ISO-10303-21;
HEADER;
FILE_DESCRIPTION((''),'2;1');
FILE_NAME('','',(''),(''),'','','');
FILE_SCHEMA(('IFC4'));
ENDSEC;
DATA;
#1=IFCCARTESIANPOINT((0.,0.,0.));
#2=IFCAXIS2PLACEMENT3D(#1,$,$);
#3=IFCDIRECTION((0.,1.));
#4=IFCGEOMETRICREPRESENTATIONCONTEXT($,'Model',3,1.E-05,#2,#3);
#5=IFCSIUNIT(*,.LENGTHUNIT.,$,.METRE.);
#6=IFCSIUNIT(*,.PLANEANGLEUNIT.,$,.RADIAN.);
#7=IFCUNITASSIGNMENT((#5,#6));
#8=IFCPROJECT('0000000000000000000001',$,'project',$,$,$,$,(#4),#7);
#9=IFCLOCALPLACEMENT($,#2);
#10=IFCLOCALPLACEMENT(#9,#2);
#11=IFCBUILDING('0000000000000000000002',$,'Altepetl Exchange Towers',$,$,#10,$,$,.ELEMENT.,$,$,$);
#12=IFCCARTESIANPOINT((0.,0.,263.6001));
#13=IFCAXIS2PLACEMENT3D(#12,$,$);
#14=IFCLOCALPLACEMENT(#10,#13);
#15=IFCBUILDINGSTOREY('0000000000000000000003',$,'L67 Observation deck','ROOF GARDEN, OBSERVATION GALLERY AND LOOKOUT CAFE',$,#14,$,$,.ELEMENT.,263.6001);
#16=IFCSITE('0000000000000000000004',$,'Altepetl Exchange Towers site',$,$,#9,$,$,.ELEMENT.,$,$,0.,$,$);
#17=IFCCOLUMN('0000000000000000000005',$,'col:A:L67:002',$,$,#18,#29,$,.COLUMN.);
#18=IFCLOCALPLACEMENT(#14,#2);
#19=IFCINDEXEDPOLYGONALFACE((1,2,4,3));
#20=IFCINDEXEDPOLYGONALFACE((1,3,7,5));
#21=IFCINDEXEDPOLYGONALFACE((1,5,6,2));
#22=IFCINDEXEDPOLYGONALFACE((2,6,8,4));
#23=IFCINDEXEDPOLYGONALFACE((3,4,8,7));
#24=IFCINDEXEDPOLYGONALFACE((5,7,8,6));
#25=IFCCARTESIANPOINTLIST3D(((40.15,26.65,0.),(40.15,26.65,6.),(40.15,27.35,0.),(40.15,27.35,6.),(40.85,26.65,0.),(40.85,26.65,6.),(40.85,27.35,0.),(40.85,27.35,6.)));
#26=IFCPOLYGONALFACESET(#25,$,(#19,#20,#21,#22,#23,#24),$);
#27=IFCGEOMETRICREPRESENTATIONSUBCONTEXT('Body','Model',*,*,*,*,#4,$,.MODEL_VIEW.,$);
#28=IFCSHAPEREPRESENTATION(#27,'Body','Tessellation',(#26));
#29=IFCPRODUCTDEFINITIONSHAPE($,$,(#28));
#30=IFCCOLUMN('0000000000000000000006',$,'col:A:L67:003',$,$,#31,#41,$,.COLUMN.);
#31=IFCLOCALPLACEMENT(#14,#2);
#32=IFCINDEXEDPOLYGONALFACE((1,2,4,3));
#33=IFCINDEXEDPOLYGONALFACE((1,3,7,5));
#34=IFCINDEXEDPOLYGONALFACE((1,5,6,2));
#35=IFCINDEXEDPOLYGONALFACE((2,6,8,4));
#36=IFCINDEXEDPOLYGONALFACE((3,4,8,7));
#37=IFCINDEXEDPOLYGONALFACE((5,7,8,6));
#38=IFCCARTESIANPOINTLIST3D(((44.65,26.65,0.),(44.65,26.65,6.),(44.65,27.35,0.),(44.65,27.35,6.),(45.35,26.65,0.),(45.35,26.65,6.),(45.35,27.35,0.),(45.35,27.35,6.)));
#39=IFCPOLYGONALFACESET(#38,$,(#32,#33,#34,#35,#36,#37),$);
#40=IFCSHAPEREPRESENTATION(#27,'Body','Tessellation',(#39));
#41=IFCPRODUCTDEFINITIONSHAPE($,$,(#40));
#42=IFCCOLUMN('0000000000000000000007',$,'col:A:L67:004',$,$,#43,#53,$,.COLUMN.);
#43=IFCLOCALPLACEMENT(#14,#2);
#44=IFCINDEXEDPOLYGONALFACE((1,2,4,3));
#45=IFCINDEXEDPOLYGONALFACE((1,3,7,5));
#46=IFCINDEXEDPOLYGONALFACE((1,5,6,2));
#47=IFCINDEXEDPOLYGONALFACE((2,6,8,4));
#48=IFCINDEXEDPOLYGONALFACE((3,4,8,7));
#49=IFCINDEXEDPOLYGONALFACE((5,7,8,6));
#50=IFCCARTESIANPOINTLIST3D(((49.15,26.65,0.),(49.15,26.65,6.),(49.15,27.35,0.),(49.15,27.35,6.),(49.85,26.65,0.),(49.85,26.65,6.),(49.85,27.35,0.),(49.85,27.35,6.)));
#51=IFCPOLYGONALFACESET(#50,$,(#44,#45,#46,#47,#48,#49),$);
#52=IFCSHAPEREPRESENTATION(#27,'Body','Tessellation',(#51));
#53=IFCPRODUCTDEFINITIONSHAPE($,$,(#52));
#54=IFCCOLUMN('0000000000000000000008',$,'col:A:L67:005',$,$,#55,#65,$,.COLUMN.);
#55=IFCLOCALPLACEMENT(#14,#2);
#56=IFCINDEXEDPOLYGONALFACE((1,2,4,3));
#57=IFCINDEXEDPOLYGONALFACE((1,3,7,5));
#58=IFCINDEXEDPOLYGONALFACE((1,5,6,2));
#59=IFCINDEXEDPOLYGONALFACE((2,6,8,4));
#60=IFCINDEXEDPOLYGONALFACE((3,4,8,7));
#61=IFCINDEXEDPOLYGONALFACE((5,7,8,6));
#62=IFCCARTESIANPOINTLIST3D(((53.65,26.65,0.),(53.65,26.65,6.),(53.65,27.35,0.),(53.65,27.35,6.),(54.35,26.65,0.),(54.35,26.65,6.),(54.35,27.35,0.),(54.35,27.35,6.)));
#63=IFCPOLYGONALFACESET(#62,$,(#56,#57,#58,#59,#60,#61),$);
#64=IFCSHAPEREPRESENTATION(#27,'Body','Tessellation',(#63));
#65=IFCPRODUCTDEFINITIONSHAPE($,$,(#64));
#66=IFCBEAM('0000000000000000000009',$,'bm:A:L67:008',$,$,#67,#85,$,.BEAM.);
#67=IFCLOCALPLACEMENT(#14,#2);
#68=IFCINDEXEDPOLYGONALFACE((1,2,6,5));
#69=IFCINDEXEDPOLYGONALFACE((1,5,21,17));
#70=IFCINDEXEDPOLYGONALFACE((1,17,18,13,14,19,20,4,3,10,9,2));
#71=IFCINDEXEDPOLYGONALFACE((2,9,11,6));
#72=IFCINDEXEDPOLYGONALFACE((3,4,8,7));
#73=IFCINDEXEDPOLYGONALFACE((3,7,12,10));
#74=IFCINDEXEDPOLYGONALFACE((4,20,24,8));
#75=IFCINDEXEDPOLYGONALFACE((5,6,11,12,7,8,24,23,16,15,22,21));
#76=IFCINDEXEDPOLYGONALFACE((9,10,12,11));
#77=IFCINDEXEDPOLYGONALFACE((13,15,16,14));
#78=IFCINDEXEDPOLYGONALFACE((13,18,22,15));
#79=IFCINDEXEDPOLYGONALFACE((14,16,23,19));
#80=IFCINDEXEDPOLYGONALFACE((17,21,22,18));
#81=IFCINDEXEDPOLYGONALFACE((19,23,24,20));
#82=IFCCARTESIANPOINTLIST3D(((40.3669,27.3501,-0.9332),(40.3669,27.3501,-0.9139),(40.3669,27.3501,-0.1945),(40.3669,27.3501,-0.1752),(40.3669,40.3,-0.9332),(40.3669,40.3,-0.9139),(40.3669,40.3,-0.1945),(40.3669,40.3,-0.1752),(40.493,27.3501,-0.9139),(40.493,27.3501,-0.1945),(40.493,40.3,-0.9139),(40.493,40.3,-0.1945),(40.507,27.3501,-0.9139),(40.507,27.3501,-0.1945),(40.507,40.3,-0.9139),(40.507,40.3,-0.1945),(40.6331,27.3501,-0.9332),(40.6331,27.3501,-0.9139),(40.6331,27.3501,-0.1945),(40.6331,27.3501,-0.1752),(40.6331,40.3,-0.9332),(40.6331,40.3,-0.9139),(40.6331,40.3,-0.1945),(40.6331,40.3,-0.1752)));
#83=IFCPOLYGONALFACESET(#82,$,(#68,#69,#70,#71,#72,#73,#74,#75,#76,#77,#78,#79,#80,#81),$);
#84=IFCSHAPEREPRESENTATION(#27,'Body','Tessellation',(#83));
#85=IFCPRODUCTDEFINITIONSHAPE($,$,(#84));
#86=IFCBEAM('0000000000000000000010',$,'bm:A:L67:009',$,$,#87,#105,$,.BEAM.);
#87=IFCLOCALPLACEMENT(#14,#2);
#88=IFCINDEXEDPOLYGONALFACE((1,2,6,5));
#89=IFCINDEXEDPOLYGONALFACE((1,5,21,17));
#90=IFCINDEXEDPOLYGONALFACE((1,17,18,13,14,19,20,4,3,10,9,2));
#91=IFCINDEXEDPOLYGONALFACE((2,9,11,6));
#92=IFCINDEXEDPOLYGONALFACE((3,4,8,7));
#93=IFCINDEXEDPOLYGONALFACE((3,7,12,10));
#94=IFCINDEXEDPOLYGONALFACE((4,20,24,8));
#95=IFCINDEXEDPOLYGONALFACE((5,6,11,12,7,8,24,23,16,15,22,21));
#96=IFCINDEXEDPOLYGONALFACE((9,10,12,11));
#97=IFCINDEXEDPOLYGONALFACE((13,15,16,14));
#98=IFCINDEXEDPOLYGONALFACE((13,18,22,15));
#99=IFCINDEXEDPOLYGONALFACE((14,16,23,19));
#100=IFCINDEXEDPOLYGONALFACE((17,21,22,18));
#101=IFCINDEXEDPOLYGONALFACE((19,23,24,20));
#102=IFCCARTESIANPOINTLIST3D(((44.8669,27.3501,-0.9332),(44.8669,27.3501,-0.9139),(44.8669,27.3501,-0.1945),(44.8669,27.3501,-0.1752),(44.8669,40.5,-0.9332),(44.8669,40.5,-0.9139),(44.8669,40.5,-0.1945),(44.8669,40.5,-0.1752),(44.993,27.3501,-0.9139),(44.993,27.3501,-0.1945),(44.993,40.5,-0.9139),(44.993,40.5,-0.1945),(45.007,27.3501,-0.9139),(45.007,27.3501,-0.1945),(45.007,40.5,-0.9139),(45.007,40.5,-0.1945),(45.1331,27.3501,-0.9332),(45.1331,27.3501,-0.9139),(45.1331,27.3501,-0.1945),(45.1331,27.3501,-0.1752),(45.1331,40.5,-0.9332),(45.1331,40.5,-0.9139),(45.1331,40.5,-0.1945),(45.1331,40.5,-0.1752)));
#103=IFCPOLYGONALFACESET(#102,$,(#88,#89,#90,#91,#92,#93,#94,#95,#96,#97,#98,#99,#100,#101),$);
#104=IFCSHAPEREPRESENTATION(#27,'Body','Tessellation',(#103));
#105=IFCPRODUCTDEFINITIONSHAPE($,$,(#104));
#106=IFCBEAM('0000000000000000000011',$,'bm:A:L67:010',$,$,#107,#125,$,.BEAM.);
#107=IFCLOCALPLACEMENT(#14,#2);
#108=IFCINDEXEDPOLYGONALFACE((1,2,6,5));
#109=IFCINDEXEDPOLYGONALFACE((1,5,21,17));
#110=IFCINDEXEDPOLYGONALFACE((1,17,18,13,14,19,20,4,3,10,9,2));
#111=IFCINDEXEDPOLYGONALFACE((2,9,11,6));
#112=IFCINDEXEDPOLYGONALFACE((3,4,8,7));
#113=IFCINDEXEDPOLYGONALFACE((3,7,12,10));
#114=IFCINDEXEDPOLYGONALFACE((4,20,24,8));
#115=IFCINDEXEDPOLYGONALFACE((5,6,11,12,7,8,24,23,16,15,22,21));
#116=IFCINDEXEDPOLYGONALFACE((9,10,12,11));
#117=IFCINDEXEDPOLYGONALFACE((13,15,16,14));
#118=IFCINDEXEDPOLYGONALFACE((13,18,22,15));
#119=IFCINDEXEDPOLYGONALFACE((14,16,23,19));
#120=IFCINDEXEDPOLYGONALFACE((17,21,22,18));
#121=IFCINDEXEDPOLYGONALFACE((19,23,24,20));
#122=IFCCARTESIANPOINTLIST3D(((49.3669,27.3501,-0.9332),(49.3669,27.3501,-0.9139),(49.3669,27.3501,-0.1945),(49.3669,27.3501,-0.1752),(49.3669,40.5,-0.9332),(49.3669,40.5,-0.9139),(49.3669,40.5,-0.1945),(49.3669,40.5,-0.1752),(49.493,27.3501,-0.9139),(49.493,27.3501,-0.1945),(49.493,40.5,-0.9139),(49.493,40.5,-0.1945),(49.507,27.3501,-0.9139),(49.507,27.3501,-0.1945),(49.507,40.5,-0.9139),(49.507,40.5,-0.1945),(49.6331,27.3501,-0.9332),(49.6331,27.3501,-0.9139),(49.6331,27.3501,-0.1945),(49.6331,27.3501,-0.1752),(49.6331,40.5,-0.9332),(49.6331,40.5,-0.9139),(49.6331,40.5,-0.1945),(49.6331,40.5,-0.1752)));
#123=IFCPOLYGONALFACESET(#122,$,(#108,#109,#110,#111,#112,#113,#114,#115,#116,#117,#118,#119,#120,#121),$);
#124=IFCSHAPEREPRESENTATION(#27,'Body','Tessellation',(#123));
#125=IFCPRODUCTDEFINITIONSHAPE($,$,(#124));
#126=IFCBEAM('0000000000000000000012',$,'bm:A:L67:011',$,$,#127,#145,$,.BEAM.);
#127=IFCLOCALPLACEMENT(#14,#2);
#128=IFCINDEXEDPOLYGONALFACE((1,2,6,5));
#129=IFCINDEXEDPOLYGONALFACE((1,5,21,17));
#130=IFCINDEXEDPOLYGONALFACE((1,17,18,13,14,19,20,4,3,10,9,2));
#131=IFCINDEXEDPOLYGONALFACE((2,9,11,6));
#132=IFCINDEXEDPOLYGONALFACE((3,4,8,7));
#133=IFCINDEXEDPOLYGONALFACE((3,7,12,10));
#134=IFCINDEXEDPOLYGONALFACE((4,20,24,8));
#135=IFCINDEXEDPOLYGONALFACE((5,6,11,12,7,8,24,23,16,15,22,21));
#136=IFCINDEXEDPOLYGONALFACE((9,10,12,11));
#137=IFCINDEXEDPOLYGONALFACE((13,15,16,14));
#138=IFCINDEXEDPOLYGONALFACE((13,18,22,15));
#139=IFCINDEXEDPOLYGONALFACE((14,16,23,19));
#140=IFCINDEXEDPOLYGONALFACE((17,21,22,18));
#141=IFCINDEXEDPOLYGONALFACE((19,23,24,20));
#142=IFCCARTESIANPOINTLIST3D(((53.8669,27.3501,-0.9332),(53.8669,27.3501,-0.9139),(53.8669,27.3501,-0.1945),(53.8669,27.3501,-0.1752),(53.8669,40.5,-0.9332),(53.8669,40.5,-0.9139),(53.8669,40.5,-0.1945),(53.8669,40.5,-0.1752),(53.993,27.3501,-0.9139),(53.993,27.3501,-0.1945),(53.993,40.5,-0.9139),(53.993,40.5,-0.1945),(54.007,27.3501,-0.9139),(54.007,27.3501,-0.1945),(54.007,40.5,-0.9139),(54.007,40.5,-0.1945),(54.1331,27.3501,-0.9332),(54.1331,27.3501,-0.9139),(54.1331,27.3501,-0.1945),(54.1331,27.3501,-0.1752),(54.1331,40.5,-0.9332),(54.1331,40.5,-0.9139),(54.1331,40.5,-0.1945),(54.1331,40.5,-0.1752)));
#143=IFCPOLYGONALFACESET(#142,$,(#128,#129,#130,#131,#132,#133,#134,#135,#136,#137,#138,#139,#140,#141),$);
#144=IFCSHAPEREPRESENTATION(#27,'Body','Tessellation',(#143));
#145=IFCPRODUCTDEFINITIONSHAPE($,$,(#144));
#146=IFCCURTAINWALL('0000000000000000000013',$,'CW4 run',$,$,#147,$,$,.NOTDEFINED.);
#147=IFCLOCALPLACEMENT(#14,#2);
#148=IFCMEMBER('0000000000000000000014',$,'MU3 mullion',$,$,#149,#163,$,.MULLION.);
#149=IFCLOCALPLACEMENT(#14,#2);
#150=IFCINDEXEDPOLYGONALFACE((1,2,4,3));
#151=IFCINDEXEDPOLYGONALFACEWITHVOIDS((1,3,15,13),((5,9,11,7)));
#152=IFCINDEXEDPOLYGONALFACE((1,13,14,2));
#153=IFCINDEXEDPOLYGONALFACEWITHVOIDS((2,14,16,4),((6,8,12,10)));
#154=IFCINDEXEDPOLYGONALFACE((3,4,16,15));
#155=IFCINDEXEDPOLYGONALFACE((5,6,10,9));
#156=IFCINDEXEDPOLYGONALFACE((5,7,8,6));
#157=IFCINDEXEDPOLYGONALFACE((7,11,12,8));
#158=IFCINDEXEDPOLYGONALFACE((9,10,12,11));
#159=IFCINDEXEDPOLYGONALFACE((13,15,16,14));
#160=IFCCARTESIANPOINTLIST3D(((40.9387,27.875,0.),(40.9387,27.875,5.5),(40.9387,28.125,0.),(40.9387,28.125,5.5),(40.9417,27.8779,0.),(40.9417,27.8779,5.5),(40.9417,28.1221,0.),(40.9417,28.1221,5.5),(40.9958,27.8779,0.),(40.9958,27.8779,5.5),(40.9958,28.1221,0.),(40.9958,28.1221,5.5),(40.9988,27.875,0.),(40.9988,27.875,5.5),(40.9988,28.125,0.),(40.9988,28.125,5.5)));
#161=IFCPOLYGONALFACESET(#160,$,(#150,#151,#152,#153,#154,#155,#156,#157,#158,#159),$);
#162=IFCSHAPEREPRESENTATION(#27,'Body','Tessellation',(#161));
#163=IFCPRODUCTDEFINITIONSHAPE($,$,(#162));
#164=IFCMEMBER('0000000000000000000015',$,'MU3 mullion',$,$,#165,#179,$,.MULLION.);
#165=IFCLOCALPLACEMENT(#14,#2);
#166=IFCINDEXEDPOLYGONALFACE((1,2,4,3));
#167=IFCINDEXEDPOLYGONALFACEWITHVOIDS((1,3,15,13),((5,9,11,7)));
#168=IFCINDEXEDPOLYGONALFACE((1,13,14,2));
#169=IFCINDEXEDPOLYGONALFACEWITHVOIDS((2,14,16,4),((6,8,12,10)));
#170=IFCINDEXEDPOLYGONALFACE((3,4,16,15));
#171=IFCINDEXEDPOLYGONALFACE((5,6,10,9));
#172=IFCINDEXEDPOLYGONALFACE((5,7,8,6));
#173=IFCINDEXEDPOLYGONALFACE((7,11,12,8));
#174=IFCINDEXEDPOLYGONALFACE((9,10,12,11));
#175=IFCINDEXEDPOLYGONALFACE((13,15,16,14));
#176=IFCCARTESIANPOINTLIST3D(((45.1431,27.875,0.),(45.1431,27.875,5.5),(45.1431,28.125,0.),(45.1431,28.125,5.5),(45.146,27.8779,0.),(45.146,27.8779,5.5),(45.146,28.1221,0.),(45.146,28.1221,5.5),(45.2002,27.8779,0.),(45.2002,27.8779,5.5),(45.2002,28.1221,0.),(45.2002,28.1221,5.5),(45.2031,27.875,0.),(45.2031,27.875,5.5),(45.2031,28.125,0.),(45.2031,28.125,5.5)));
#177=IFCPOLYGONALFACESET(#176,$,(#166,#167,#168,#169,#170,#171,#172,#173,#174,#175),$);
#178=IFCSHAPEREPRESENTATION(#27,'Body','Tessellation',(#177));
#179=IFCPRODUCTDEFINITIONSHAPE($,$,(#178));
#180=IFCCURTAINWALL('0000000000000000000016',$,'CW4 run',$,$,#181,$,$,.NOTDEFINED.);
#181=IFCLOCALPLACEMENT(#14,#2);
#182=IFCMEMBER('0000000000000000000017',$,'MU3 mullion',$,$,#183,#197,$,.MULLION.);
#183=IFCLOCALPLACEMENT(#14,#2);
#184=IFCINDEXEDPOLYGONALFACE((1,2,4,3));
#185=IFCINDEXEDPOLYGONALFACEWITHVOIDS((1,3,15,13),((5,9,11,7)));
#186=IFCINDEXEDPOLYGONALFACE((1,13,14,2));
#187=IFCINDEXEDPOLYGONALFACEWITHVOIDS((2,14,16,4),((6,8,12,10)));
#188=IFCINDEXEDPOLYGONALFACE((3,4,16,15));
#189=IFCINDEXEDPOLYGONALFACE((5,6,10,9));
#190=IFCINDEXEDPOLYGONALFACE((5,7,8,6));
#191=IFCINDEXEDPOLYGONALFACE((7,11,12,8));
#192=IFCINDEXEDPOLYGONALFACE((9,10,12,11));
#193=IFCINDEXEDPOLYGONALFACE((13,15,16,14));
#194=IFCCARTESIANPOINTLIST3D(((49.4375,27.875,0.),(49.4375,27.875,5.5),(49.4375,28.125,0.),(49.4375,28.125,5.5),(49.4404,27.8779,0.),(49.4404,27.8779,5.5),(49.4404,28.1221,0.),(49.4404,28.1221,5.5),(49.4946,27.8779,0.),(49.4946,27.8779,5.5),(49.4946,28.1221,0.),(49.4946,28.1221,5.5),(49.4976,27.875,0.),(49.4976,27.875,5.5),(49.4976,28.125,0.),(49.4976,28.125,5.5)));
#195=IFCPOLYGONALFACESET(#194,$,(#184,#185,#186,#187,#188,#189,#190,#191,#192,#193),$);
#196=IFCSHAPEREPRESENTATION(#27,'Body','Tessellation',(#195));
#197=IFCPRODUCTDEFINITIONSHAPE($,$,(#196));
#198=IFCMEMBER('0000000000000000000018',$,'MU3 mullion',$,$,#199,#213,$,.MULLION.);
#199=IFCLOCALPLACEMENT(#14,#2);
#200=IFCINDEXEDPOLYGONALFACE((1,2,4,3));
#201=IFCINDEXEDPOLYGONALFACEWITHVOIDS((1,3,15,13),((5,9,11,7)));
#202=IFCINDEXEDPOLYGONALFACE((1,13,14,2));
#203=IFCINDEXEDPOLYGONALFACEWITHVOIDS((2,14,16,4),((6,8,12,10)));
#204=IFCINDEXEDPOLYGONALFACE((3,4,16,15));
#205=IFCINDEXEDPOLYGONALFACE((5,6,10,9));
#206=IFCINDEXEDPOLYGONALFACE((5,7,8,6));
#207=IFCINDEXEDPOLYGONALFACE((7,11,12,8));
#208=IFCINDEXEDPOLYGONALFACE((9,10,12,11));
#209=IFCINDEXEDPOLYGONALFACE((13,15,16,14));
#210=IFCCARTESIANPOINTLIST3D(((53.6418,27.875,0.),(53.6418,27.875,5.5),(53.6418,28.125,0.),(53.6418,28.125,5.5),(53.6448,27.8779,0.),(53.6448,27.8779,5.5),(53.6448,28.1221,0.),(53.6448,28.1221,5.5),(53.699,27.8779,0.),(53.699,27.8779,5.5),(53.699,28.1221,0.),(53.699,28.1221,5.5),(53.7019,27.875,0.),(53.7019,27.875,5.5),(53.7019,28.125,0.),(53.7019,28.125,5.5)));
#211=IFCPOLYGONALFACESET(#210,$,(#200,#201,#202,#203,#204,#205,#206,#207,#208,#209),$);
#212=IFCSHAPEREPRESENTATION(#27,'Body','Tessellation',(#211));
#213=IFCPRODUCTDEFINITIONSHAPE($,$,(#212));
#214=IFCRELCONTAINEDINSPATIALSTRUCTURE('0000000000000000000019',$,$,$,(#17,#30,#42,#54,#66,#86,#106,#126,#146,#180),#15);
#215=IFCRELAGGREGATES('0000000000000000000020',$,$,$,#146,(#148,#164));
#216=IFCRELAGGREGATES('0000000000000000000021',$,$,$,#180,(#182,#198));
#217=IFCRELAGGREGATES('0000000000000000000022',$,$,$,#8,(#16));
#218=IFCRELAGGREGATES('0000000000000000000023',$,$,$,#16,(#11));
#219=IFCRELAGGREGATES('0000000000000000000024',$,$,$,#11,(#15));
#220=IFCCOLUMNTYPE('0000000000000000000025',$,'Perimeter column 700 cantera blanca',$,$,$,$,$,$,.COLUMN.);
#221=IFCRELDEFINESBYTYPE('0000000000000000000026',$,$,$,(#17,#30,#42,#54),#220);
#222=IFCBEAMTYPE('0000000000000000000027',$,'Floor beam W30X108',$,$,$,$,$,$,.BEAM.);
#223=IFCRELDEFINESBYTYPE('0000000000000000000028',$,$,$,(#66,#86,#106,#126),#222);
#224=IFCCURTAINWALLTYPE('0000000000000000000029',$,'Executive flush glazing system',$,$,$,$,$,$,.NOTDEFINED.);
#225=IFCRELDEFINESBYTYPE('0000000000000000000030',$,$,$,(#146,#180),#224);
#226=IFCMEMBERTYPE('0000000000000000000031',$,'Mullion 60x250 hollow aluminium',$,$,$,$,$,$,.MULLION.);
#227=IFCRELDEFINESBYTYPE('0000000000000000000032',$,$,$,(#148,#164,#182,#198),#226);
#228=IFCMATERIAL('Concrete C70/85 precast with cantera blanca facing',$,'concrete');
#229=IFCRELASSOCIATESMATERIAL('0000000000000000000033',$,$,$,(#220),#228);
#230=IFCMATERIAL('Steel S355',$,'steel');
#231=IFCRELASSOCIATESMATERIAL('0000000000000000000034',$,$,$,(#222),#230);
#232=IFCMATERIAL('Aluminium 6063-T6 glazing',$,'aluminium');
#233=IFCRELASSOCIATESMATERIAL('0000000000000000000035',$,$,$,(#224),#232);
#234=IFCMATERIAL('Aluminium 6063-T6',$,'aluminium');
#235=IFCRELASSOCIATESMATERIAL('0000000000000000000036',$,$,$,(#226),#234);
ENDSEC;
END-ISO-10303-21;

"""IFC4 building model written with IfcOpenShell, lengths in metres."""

from ifc_helpers import new_model, si_unit, direction, frame, origin, origin_2d, place, context, subcontext, project, spatial, rectangle, hollow_rectangle, i_section, extrude, material, material_profile, profile_set, type_object, element, aggregate, save


model = new_model("IFC4")

# Units and contexts
model_context = context("Model", 3, precision=1e-05, world=origin(), true_north=direction((0.0, 1.0)))
body_context = subcontext(model_context, "Body", "Model", "MODEL_VIEW")
ifc_project = project(units=[si_unit("LENGTHUNIT", "METRE"), si_unit("PLANEANGLEUNIT", "RADIAN")], contexts=[model_context])

# Site, building, storey
site_placement = place(None, origin())
site = spatial("IfcSite", under=ifc_project, at=site_placement, Name="Altepetl Exchange Towers site", CompositionType="ELEMENT", RefElevation=0.0)
building_placement = place(site_placement, origin())
building = spatial("IfcBuilding", under=site, at=building_placement, Name="Altepetl Exchange Towers", CompositionType="ELEMENT")
storey_placement = place(building_placement, frame((0.0, 0.0, 263.6001)))
storey = spatial("IfcBuildingStorey", under=building, at=storey_placement, Name="L67 Observation deck", Description="ROOF GARDEN, OBSERVATION GALLERY AND LOOKOUT CAFE", CompositionType="ELEMENT", Elevation=263.6001)

# Columns
ifc_material_1 = material(Name="Concrete C70/85 precast with cantera blanca facing", Category="concrete")
ifc_material_profile_1 = material_profile(ifc_material_1, rectangle(XDim=0.7, YDim=0.7, at=origin_2d()), Name="700 x 700")
ifc_profile_set_1 = profile_set([ifc_material_profile_1], Name="Concrete C70/85 precast with cantera blanca facing")
column_type = type_object("IfcColumnType", Name="Perimeter column 700 cantera blanca", PredefinedType="COLUMN", material=ifc_profile_set_1)
for number, where, name in (
    (1, (40.5, 27.0, 0.0), "col:A:L67:002"),
    (2, (45.0, 27.0, 0.0), "col:A:L67:003"),
    (3, (49.5, 27.0, 0.0), "col:A:L67:004"),
    (4, (54.0, 27.0, 0.0), "col:A:L67:005"),
):
    element("IfcColumn", number, at=place(storey_placement, frame(where)), inside=storey, type_object=column_type, Name=name, PredefinedType="COLUMN", context=body_context, shape_type="SweptSolid", body=[
        extrude(rectangle(XDim=0.7, YDim=0.7, at=origin_2d()), origin(), (0.0, 0.0, 1.0), 6.0),
    ])

# Beams
ifc_material_2 = material(Name="Steel S355", Category="steel")
ifc_material_profile_2 = material_profile(ifc_material_2, i_section(OverallWidth=0.2661, OverallDepth=0.7581, WebThickness=0.0139, FlangeThickness=0.0193, at=origin_2d()), Name="W30X108")
ifc_profile_set_2 = profile_set([ifc_material_profile_2], Name="Steel S355")
beam_type_1 = type_object("IfcBeamType", Name="Floor beam W30X108", PredefinedType="BEAM", material=ifc_profile_set_2)
beam_placement = place(storey_placement, frame((40.5, 27.3501, -0.5542), z_axis=(0.0, 1.0, 0.0), x_axis=(-1.0, 0.0, 0.0)))
element("IfcBeam", 5, at=beam_placement, inside=storey, type_object=beam_type_1, Name="bm:A:L67:008", PredefinedType="BEAM", context=body_context, shape_type="SweptSolid", body=[
    extrude(i_section(OverallWidth=0.2661, OverallDepth=0.7581, WebThickness=0.0139, FlangeThickness=0.0193, at=origin_2d()), origin(), (0.0, 0.0, 1.0), 12.95),
])
for number, where, z_axis, x_axis, name in (
    (6, (45.0, 27.3501, -0.5542), (0.0, 1.0, 0.0), (-1.0, 0.0, 0.0), "bm:A:L67:009"),
    (7, (49.5, 27.3501, -0.5542), (0.0, 1.0, 0.0), (-1.0, 0.0, 0.0), "bm:A:L67:010"),
    (8, (54.0, 27.3501, -0.5542), (0.0, 1.0, 0.0), (-1.0, 0.0, 0.0), "bm:A:L67:011"),
):
    element("IfcBeam", number, at=place(storey_placement, frame(where, z_axis=z_axis, x_axis=x_axis)), inside=storey, type_object=beam_type_1, Name=name, PredefinedType="BEAM", context=body_context, shape_type="SweptSolid", body=[
        extrude(i_section(OverallWidth=0.2661, OverallDepth=0.7581, WebThickness=0.0139, FlangeThickness=0.0193, at=origin_2d()), origin(), (0.0, 0.0, 1.0), 13.1499),
    ])

# Curtain walls, members
ifc_material_3 = material(Name="Aluminium 6063-T6 glazing", Category="aluminium")
curtain_wall_type = type_object("IfcCurtainWallType", Name="Executive flush glazing system", PredefinedType="NOTDEFINED", material=ifc_material_3)
curtain_wall_1_placement = place(storey_placement, origin())
curtain_wall_1 = element("IfcCurtainWall", 9, at=curtain_wall_1_placement, inside=storey, type_object=curtain_wall_type, Name="CW4 run", PredefinedType="NOTDEFINED")
ifc_material_4 = material(Name="Aluminium 6063-T6", Category="aluminium")
ifc_material_profile_3 = material_profile(ifc_material_4, hollow_rectangle(XDim=0.0601, YDim=0.25, WallThickness=0.0029, at=origin_2d()), Name="Mullion 60x250 hollow aluminium")
ifc_profile_set_3 = profile_set([ifc_material_profile_3], Name="Aluminium 6063-T6")
member_type_1 = type_object("IfcMemberType", Name="Mullion 60x250 hollow aluminium", PredefinedType="MULLION", material=ifc_profile_set_3)
member_1_placement = place(storey_placement, frame((40.9688, 28.0, 0.0)))
member_1 = element("IfcMember", 10, at=member_1_placement, type_object=member_type_1, Name="MU3 mullion", PredefinedType="MULLION", context=body_context, shape_type="SweptSolid", body=[
    extrude(hollow_rectangle(XDim=0.0601, YDim=0.25, WallThickness=0.0029, at=origin_2d()), origin(), (0.0, 0.0, 1.0), 5.5),
])
member_2_placement = place(storey_placement, frame((45.1731, 28.0, 0.0)))
member_2 = element("IfcMember", 11, at=member_2_placement, type_object=member_type_1, Name="MU3 mullion", PredefinedType="MULLION", context=body_context, shape_type="SweptSolid", body=[
    extrude(hollow_rectangle(XDim=0.0601, YDim=0.25, WallThickness=0.0029, at=origin_2d()), origin(), (0.0, 0.0, 1.0), 5.5),
])
curtain_wall_2_placement = place(storey_placement, origin())
curtain_wall_2 = element("IfcCurtainWall", 12, at=curtain_wall_2_placement, inside=storey, type_object=curtain_wall_type, Name="CW4 run", PredefinedType="NOTDEFINED")
member_3_placement = place(storey_placement, frame((49.4675, 28.0, 0.0)))
member_3 = element("IfcMember", 13, at=member_3_placement, type_object=member_type_1, Name="MU3 mullion", PredefinedType="MULLION", context=body_context, shape_type="SweptSolid", body=[
    extrude(hollow_rectangle(XDim=0.0601, YDim=0.25, WallThickness=0.0029, at=origin_2d()), origin(), (0.0, 0.0, 1.0), 5.5),
])
member_4_placement = place(storey_placement, frame((53.6719, 28.0, 0.0)))
member_4 = element("IfcMember", 14, at=member_4_placement, type_object=member_type_1, Name="MU3 mullion", PredefinedType="MULLION", context=body_context, shape_type="SweptSolid", body=[
    extrude(hollow_rectangle(XDim=0.0601, YDim=0.25, WallThickness=0.0029, at=origin_2d()), origin(), (0.0, 0.0, 1.0), 5.5),
])

aggregate(curtain_wall_1, [member_1, member_2])
aggregate(curtain_wall_2, [member_3, member_4])

save(model, "model.ifc")
